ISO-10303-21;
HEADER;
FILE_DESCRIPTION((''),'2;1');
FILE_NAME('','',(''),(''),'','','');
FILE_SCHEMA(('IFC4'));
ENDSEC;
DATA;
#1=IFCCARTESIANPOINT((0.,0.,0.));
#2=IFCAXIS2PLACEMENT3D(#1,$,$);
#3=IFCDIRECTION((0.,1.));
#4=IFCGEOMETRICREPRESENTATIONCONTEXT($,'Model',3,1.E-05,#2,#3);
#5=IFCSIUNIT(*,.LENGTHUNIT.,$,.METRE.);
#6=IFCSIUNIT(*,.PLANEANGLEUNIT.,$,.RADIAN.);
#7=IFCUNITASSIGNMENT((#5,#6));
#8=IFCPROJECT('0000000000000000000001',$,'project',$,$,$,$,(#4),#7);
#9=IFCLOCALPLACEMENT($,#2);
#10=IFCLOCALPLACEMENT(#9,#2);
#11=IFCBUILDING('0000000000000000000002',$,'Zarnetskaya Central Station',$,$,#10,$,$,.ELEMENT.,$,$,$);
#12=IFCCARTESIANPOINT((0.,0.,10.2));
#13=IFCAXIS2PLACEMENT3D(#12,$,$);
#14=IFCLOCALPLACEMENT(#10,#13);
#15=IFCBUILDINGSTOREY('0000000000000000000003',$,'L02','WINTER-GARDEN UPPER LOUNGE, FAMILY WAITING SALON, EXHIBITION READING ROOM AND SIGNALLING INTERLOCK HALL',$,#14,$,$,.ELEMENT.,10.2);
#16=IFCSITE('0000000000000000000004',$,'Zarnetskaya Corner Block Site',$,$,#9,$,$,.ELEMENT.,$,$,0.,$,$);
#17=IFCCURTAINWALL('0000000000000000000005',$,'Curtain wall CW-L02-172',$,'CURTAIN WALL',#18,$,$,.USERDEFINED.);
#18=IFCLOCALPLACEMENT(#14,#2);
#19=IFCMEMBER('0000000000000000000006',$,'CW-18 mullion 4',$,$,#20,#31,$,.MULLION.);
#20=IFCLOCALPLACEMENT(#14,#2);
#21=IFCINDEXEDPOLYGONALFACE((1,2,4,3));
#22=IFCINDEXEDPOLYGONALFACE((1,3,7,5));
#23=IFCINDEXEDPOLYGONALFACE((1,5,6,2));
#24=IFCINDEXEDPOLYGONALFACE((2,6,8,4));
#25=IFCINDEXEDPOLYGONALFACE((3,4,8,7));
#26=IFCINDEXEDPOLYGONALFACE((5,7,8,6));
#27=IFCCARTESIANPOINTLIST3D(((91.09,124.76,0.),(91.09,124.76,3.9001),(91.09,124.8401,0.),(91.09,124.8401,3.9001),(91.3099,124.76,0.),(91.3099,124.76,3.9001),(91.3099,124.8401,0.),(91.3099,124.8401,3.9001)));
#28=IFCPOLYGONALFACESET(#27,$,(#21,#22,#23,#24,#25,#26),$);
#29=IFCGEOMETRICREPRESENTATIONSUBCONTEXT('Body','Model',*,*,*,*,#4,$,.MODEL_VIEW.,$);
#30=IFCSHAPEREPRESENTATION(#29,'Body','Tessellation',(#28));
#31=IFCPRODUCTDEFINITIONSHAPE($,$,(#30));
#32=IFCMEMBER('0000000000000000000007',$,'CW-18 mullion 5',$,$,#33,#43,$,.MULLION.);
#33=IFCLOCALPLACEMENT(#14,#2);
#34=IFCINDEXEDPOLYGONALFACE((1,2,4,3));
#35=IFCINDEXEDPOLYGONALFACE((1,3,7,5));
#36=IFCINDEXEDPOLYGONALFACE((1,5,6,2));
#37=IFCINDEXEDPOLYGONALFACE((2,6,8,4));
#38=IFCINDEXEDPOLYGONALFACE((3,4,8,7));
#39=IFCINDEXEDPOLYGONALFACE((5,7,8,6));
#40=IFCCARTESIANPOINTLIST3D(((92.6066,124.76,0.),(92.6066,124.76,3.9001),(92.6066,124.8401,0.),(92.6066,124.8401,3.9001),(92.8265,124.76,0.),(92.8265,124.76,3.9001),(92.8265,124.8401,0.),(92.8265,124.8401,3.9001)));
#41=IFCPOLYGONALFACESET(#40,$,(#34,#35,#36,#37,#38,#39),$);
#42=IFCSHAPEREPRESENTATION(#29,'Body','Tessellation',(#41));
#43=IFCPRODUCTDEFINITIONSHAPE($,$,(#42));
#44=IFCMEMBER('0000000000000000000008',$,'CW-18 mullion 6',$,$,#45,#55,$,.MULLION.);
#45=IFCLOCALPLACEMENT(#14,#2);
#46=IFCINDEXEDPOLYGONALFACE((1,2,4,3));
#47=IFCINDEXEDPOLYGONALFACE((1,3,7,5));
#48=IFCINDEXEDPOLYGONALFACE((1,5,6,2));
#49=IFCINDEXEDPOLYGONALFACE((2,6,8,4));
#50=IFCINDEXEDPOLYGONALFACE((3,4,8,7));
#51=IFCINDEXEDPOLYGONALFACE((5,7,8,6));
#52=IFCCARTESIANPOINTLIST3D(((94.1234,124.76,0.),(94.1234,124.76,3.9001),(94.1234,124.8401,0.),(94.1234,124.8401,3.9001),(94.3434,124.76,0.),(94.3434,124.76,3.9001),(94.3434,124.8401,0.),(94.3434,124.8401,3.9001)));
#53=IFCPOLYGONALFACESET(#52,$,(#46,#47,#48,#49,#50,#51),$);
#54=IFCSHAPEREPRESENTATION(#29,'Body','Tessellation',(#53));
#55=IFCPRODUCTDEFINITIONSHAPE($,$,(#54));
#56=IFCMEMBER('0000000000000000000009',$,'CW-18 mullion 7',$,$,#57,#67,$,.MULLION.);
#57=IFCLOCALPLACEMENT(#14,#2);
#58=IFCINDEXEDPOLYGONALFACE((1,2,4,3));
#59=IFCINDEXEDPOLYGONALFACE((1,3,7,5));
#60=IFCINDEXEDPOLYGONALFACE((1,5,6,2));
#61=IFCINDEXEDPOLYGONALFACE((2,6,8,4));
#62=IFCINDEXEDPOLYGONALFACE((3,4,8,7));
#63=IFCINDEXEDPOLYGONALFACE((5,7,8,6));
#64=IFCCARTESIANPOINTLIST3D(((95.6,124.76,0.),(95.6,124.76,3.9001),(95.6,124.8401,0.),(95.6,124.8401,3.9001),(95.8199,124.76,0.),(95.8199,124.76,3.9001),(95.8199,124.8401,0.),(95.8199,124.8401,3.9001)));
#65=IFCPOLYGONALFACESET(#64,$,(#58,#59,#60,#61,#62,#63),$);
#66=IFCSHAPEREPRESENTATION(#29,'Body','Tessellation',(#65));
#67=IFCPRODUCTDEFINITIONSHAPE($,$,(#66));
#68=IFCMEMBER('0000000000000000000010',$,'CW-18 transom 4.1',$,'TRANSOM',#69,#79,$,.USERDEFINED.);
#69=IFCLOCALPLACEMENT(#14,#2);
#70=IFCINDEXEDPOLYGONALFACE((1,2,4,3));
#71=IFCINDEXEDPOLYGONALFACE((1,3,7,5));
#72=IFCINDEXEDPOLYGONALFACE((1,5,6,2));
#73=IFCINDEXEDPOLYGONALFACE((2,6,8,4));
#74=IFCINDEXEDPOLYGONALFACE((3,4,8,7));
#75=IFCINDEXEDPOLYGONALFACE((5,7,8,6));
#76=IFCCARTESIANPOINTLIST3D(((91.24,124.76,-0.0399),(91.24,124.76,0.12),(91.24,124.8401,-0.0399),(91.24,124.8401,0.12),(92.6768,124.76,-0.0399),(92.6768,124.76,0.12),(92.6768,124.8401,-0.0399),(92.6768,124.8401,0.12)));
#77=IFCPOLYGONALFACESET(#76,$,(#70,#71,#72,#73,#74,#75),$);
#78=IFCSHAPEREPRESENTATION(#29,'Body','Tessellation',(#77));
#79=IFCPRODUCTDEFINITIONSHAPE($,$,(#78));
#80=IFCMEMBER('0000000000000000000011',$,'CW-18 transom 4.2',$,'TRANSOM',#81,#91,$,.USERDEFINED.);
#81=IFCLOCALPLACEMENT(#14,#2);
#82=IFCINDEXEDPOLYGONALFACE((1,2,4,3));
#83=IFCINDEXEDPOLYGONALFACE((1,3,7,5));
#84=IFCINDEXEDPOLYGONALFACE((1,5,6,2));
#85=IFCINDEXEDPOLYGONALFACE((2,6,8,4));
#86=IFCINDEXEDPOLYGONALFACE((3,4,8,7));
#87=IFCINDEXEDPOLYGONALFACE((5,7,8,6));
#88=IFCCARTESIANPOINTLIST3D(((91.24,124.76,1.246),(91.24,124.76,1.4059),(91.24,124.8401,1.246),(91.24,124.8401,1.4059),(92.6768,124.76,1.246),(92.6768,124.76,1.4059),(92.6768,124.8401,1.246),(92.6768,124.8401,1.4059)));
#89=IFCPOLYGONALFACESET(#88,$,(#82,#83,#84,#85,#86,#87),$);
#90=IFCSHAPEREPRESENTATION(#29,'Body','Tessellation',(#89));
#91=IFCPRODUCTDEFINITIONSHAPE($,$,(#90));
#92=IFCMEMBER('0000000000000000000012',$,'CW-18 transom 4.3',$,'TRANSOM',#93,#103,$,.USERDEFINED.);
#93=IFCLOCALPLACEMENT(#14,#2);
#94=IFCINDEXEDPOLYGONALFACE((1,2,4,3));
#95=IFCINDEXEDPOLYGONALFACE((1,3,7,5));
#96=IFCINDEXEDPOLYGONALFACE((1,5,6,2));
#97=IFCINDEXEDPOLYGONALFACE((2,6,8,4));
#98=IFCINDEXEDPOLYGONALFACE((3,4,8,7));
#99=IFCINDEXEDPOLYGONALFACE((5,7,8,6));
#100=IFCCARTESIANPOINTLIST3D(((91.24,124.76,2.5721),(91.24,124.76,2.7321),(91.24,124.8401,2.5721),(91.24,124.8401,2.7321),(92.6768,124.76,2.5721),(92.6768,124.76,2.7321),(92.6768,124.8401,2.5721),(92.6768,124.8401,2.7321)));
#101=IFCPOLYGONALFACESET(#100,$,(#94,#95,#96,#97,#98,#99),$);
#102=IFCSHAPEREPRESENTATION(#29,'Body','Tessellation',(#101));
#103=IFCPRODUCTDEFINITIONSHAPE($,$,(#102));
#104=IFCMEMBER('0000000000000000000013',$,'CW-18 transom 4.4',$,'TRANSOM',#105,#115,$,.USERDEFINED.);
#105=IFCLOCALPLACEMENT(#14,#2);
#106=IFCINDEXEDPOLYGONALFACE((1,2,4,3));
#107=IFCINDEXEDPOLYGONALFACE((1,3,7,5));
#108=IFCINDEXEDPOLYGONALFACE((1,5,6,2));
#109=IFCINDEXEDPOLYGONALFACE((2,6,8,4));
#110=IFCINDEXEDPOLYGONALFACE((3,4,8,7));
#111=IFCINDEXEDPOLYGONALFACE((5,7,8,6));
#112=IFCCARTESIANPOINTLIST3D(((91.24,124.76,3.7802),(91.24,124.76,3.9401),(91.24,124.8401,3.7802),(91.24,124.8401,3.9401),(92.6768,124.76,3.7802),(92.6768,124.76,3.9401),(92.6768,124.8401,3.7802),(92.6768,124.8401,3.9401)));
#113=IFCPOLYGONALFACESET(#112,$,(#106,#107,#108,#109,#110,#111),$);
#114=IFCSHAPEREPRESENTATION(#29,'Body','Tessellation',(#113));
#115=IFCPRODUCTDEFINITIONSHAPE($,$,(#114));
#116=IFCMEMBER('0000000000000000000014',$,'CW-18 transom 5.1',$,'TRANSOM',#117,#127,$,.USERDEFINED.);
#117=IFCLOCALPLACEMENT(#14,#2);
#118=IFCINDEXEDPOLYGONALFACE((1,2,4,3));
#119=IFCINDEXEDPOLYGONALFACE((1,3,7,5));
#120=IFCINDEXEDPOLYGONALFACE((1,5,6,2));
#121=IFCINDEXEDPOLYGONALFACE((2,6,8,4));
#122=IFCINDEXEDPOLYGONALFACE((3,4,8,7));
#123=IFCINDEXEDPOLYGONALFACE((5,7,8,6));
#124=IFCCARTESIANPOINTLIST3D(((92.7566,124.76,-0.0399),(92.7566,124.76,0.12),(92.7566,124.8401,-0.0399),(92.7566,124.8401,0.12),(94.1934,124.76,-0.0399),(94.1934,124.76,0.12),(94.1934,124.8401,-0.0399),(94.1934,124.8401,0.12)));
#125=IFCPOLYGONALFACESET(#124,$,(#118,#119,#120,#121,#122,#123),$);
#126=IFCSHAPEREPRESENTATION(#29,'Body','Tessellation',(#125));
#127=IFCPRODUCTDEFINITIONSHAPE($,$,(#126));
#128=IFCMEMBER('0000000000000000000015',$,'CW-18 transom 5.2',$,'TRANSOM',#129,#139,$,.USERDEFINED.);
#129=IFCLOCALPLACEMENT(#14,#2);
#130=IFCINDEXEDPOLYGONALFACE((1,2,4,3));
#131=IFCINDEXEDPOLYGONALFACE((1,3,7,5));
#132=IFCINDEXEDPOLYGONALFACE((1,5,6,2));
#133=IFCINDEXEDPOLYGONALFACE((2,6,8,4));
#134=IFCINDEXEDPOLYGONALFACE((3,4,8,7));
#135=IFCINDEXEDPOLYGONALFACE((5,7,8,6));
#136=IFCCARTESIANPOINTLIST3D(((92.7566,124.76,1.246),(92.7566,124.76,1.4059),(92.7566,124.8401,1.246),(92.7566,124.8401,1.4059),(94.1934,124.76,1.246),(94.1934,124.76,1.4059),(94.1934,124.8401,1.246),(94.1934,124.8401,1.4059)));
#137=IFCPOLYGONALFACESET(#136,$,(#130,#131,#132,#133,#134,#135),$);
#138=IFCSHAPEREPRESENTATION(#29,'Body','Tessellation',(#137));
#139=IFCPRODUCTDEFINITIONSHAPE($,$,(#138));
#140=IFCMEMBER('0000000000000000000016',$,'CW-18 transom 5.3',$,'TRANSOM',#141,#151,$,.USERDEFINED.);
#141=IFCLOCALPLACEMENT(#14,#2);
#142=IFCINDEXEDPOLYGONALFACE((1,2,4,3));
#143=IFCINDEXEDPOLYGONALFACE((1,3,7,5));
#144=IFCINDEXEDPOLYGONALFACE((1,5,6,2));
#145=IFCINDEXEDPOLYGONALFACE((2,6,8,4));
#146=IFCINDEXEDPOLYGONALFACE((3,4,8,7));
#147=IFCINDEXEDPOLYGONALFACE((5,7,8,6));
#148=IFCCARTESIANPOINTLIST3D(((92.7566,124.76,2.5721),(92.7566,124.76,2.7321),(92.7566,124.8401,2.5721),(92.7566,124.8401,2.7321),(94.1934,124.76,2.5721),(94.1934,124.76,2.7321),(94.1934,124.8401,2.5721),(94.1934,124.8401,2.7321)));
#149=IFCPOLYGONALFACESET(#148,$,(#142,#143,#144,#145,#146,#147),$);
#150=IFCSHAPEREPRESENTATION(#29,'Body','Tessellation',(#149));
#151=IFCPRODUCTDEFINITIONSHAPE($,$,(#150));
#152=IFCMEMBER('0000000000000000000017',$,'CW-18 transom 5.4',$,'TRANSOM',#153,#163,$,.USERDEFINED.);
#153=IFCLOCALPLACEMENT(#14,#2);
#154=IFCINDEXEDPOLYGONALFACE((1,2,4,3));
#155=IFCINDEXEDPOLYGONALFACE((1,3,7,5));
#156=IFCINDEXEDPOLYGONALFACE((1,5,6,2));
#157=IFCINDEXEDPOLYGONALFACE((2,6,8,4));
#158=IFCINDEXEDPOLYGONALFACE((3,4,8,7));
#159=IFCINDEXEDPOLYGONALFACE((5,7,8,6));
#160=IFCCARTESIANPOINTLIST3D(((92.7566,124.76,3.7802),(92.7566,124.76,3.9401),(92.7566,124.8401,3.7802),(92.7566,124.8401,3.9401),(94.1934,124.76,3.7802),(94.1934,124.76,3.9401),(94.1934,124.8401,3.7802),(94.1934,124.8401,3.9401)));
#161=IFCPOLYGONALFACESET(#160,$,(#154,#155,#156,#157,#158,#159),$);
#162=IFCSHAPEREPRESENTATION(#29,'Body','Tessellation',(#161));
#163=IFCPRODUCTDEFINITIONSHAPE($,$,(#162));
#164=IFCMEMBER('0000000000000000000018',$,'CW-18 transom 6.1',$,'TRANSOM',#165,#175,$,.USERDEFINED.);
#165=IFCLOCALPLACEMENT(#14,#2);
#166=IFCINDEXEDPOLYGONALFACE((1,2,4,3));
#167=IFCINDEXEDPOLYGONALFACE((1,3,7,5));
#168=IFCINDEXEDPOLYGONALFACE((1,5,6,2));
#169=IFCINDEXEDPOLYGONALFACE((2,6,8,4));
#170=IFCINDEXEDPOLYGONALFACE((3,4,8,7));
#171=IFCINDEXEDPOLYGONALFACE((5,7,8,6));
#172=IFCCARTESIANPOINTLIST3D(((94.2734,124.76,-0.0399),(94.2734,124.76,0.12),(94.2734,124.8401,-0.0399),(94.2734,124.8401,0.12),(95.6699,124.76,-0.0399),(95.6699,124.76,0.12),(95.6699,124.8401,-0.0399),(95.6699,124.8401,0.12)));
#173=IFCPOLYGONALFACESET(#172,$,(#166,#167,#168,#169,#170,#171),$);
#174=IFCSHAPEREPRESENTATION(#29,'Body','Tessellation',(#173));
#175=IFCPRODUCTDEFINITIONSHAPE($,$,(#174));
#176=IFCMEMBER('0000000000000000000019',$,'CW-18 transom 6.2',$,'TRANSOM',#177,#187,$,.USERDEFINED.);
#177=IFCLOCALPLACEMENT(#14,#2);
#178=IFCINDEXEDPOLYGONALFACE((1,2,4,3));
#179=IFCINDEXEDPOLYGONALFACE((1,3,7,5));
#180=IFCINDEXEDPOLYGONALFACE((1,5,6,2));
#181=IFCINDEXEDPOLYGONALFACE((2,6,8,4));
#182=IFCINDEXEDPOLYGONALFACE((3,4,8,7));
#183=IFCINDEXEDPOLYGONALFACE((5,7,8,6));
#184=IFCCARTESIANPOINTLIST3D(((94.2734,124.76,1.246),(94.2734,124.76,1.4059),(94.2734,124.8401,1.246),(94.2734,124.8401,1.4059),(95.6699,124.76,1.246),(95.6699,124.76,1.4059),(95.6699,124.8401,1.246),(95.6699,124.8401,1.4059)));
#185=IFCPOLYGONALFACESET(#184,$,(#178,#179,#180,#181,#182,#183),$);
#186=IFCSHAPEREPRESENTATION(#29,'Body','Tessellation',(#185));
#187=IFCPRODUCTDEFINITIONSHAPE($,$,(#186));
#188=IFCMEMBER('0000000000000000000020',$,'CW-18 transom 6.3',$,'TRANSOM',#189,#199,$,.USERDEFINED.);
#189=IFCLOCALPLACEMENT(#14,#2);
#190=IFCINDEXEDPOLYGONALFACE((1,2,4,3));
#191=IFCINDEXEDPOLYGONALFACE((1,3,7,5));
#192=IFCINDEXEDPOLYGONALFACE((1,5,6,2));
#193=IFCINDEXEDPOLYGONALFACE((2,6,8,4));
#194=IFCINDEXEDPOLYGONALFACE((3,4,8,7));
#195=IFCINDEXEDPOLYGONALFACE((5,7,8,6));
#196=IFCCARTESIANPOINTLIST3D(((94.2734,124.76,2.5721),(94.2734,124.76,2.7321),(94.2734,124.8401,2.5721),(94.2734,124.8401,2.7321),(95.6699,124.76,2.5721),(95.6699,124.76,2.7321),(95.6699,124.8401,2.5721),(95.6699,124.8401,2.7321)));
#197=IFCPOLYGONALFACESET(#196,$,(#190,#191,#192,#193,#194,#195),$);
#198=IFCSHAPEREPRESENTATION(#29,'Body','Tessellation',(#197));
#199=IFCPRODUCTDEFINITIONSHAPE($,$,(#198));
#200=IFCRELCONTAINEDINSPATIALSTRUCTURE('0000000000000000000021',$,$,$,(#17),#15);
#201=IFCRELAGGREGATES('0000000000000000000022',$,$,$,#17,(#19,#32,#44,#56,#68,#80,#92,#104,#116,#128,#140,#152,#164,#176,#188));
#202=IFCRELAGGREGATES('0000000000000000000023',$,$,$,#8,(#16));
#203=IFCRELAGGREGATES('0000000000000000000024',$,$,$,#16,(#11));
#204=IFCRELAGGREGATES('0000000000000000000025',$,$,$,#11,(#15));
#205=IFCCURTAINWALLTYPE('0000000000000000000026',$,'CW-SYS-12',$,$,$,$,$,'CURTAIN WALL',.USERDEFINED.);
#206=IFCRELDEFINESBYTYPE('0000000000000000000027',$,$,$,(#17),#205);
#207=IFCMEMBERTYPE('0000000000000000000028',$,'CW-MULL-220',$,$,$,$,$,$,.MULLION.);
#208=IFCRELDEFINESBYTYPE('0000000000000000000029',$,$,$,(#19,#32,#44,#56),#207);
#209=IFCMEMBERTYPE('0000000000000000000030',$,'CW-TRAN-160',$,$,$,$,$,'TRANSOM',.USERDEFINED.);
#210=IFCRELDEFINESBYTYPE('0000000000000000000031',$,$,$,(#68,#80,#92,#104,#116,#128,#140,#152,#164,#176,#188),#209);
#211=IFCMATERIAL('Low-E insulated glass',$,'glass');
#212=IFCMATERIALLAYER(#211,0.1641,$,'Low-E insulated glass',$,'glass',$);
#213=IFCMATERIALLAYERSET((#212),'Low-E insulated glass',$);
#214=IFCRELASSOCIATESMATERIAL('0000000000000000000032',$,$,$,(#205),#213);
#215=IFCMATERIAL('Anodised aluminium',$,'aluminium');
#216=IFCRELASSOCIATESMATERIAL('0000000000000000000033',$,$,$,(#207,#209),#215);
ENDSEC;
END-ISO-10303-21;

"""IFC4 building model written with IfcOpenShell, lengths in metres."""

from ifc_helpers import new_model, si_unit, direction, frame, origin, origin_2d, place, context, subcontext, project, spatial, rectangle, extrude, material, layer, layer_set, material_profile, profile_set, type_object, element, aggregate, save


model = new_model("IFC4")

# Units and contexts
model_context = context("Model", 3, precision=1e-05, world=origin(), true_north=direction((0.0, 1.0)))
body_context = subcontext(model_context, "Body", "Model", "MODEL_VIEW")
ifc_project = project(units=[si_unit("LENGTHUNIT", "METRE"), si_unit("PLANEANGLEUNIT", "RADIAN")], contexts=[model_context])

# Site, building, storey
site_placement = place(None, origin())
site = spatial("IfcSite", under=ifc_project, at=site_placement, Name="Zarnetskaya Corner Block Site", CompositionType="ELEMENT", RefElevation=0.0)
building_placement = place(site_placement, origin())
building = spatial("IfcBuilding", under=site, at=building_placement, Name="Zarnetskaya Central Station", CompositionType="ELEMENT")
storey_placement = place(building_placement, frame((0.0, 0.0, 10.2)))
storey = spatial("IfcBuildingStorey", under=building, at=storey_placement, Name="L02", Description="WINTER-GARDEN UPPER LOUNGE, FAMILY WAITING SALON, EXHIBITION READING ROOM AND SIGNALLING INTERLOCK HALL", CompositionType="ELEMENT", Elevation=10.2)

# Curtain wall, members
ifc_material_1 = material(Name="Low-E insulated glass", Category="glass")
ifc_layer_1 = layer(ifc_material_1, 0.1641, Name="Low-E insulated glass", Category="glass")
ifc_layer_set_1 = layer_set([ifc_layer_1], Name="Low-E insulated glass")
curtain_wall_type = type_object("IfcCurtainWallType", Name="CW-SYS-12", ElementType="CURTAIN WALL", PredefinedType="USERDEFINED", material=ifc_layer_set_1)
curtain_wall_placement = place(storey_placement, origin())
curtain_wall = element("IfcCurtainWall", 1, at=curtain_wall_placement, inside=storey, type_object=curtain_wall_type, Name="Curtain wall CW-L02-172", ObjectType="CURTAIN WALL", PredefinedType="USERDEFINED")
ifc_material_2 = material(Name="Anodised aluminium", Category="aluminium")
ifc_material_profile_1 = material_profile(ifc_material_2, rectangle(XDim=0.0801, YDim=0.22, at=origin_2d()), Name="ALU MULL 80x220")
ifc_profile_set_1 = profile_set([ifc_material_profile_1], Name="Anodised aluminium")
member_type_1 = type_object("IfcMemberType", Name="CW-MULL-220", PredefinedType="MULLION", material=ifc_profile_set_1)
member_1_placement = place(storey_placement, frame((91.2, 124.8, 0.0), z_axis=(0.0, 0.0, 1.0), x_axis=(0.0, 1.0, 0.0)))
member_1 = element("IfcMember", 2, at=member_1_placement, type_object=member_type_1, Name="CW-18 mullion 4", PredefinedType="MULLION", context=body_context, shape_type="SweptSolid", body=[
    extrude(rectangle(XDim=0.0801, YDim=0.22, at=origin_2d()), origin(), (0.0, 0.0, 1.0), 3.9001),
])
member_2_placement = place(storey_placement, frame((92.7166, 124.8, 0.0), z_axis=(0.0, 0.0, 1.0), x_axis=(0.0, 1.0, 0.0)))
member_2 = element("IfcMember", 3, at=member_2_placement, type_object=member_type_1, Name="CW-18 mullion 5", PredefinedType="MULLION", context=body_context, shape_type="SweptSolid", body=[
    extrude(rectangle(XDim=0.0801, YDim=0.22, at=origin_2d()), origin(), (0.0, 0.0, 1.0), 3.9001),
])
member_3_placement = place(storey_placement, frame((94.2334, 124.8, 0.0), z_axis=(0.0, 0.0, 1.0), x_axis=(0.0, 1.0, 0.0)))
member_3 = element("IfcMember", 4, at=member_3_placement, type_object=member_type_1, Name="CW-18 mullion 6", PredefinedType="MULLION", context=body_context, shape_type="SweptSolid", body=[
    extrude(rectangle(XDim=0.0801, YDim=0.22, at=origin_2d()), origin(), (0.0, 0.0, 1.0), 3.9001),
])
member_4_placement = place(storey_placement, frame((95.71, 124.8, 0.0), z_axis=(0.0, 0.0, 1.0), x_axis=(0.0, 1.0, 0.0)))
member_4 = element("IfcMember", 5, at=member_4_placement, type_object=member_type_1, Name="CW-18 mullion 7", PredefinedType="MULLION", context=body_context, shape_type="SweptSolid", body=[
    extrude(rectangle(XDim=0.0801, YDim=0.22, at=origin_2d()), origin(), (0.0, 0.0, 1.0), 3.9001),
])
ifc_material_profile_2 = material_profile(ifc_material_2, rectangle(XDim=0.0801, YDim=0.1599, at=origin_2d()), Name="ALU TRAN 80x160")
ifc_profile_set_2 = profile_set([ifc_material_profile_2], Name="Anodised aluminium")
member_type_2 = type_object("IfcMemberType", Name="CW-TRAN-160", ElementType="TRANSOM", PredefinedType="USERDEFINED", material=ifc_profile_set_2)
member_5_placement = place(storey_placement, frame((91.24, 124.8, 0.04), z_axis=(1.0, 0.0, 0.0), x_axis=(0.0, 1.0, 0.0)))
member_5 = element("IfcMember", 6, at=member_5_placement, type_object=member_type_2, Name="CW-18 transom 4.1", ObjectType="TRANSOM", PredefinedType="USERDEFINED", context=body_context, shape_type="SweptSolid", body=[
    extrude(rectangle(XDim=0.0801, YDim=0.1599, at=origin_2d()), origin(), (0.0, 0.0, 1.0), 1.4368),
])
member_6_placement = place(storey_placement, frame((91.24, 124.8, 1.3259), z_axis=(1.0, 0.0, 0.0), x_axis=(0.0, 1.0, 0.0)))
member_6 = element("IfcMember", 7, at=member_6_placement, type_object=member_type_2, Name="CW-18 transom 4.2", ObjectType="TRANSOM", PredefinedType="USERDEFINED", context=body_context, shape_type="SweptSolid", body=[
    extrude(rectangle(XDim=0.0801, YDim=0.1599, at=origin_2d()), origin(), (0.0, 0.0, 1.0), 1.4368),
])
member_7_placement = place(storey_placement, frame((91.24, 124.8, 2.6521), z_axis=(1.0, 0.0, 0.0), x_axis=(0.0, 1.0, 0.0)))
member_7 = element("IfcMember", 8, at=member_7_placement, type_object=member_type_2, Name="CW-18 transom 4.3", ObjectType="TRANSOM", PredefinedType="USERDEFINED", context=body_context, shape_type="SweptSolid", body=[
    extrude(rectangle(XDim=0.0801, YDim=0.1599, at=origin_2d()), origin(), (0.0, 0.0, 1.0), 1.4368),
])
member_8_placement = place(storey_placement, frame((91.24, 124.8, 3.8601), z_axis=(1.0, 0.0, 0.0), x_axis=(0.0, 1.0, 0.0)))
member_8 = element("IfcMember", 9, at=member_8_placement, type_object=member_type_2, Name="CW-18 transom 4.4", ObjectType="TRANSOM", PredefinedType="USERDEFINED", context=body_context, shape_type="SweptSolid", body=[
    extrude(rectangle(XDim=0.0801, YDim=0.1599, at=origin_2d()), origin(), (0.0, 0.0, 1.0), 1.4368),
])
member_9_placement = place(storey_placement, frame((92.7566, 124.8, 0.04), z_axis=(1.0, 0.0, 0.0), x_axis=(0.0, 1.0, 0.0)))
member_9 = element("IfcMember", 10, at=member_9_placement, type_object=member_type_2, Name="CW-18 transom 5.1", ObjectType="TRANSOM", PredefinedType="USERDEFINED", context=body_context, shape_type="SweptSolid", body=[
    extrude(rectangle(XDim=0.0801, YDim=0.1599, at=origin_2d()), origin(), (0.0, 0.0, 1.0), 1.4368),
])
member_10_placement = place(storey_placement, frame((92.7566, 124.8, 1.3259), z_axis=(1.0, 0.0, 0.0), x_axis=(0.0, 1.0, 0.0)))
member_10 = element("IfcMember", 11, at=member_10_placement, type_object=member_type_2, Name="CW-18 transom 5.2", ObjectType="TRANSOM", PredefinedType="USERDEFINED", context=body_context, shape_type="SweptSolid", body=[
    extrude(rectangle(XDim=0.0801, YDim=0.1599, at=origin_2d()), origin(), (0.0, 0.0, 1.0), 1.4368),
])
member_11_placement = place(storey_placement, frame((92.7566, 124.8, 2.6521), z_axis=(1.0, 0.0, 0.0), x_axis=(0.0, 1.0, 0.0)))
member_11 = element("IfcMember", 12, at=member_11_placement, type_object=member_type_2, Name="CW-18 transom 5.3", ObjectType="TRANSOM", PredefinedType="USERDEFINED", context=body_context, shape_type="SweptSolid", body=[
    extrude(rectangle(XDim=0.0801, YDim=0.1599, at=origin_2d()), origin(), (0.0, 0.0, 1.0), 1.4368),
])
member_12_placement = place(storey_placement, frame((92.7566, 124.8, 3.8601), z_axis=(1.0, 0.0, 0.0), x_axis=(0.0, 1.0, 0.0)))
member_12 = element("IfcMember", 13, at=member_12_placement, type_object=member_type_2, Name="CW-18 transom 5.4", ObjectType="TRANSOM", PredefinedType="USERDEFINED", context=body_context, shape_type="SweptSolid", body=[
    extrude(rectangle(XDim=0.0801, YDim=0.1599, at=origin_2d()), origin(), (0.0, 0.0, 1.0), 1.4368),
])
member_13_placement = place(storey_placement, frame((94.2734, 124.8, 0.04), z_axis=(1.0, 0.0, 0.0), x_axis=(0.0, 1.0, 0.0)))
member_13 = element("IfcMember", 14, at=member_13_placement, type_object=member_type_2, Name="CW-18 transom 6.1", ObjectType="TRANSOM", PredefinedType="USERDEFINED", context=body_context, shape_type="SweptSolid", body=[
    extrude(rectangle(XDim=0.0801, YDim=0.1599, at=origin_2d()), origin(), (0.0, 0.0, 1.0), 1.3965),
])
member_14_placement = place(storey_placement, frame((94.2734, 124.8, 1.3259), z_axis=(1.0, 0.0, 0.0), x_axis=(0.0, 1.0, 0.0)))
member_14 = element("IfcMember", 15, at=member_14_placement, type_object=member_type_2, Name="CW-18 transom 6.2", ObjectType="TRANSOM", PredefinedType="USERDEFINED", context=body_context, shape_type="SweptSolid", body=[
    extrude(rectangle(XDim=0.0801, YDim=0.1599, at=origin_2d()), origin(), (0.0, 0.0, 1.0), 1.3965),
])
member_15_placement = place(storey_placement, frame((94.2734, 124.8, 2.6521), z_axis=(1.0, 0.0, 0.0), x_axis=(0.0, 1.0, 0.0)))
member_15 = element("IfcMember", 16, at=member_15_placement, type_object=member_type_2, Name="CW-18 transom 6.3", ObjectType="TRANSOM", PredefinedType="USERDEFINED", context=body_context, shape_type="SweptSolid", body=[
    extrude(rectangle(XDim=0.0801, YDim=0.1599, at=origin_2d()), origin(), (0.0, 0.0, 1.0), 1.3965),
])
aggregate(curtain_wall, [member_1, member_2, member_3, member_4, member_5, member_6, member_7, member_8, member_9, member_10, member_11, member_12, member_13, member_14, member_15])

save(model, "model.ifc")
